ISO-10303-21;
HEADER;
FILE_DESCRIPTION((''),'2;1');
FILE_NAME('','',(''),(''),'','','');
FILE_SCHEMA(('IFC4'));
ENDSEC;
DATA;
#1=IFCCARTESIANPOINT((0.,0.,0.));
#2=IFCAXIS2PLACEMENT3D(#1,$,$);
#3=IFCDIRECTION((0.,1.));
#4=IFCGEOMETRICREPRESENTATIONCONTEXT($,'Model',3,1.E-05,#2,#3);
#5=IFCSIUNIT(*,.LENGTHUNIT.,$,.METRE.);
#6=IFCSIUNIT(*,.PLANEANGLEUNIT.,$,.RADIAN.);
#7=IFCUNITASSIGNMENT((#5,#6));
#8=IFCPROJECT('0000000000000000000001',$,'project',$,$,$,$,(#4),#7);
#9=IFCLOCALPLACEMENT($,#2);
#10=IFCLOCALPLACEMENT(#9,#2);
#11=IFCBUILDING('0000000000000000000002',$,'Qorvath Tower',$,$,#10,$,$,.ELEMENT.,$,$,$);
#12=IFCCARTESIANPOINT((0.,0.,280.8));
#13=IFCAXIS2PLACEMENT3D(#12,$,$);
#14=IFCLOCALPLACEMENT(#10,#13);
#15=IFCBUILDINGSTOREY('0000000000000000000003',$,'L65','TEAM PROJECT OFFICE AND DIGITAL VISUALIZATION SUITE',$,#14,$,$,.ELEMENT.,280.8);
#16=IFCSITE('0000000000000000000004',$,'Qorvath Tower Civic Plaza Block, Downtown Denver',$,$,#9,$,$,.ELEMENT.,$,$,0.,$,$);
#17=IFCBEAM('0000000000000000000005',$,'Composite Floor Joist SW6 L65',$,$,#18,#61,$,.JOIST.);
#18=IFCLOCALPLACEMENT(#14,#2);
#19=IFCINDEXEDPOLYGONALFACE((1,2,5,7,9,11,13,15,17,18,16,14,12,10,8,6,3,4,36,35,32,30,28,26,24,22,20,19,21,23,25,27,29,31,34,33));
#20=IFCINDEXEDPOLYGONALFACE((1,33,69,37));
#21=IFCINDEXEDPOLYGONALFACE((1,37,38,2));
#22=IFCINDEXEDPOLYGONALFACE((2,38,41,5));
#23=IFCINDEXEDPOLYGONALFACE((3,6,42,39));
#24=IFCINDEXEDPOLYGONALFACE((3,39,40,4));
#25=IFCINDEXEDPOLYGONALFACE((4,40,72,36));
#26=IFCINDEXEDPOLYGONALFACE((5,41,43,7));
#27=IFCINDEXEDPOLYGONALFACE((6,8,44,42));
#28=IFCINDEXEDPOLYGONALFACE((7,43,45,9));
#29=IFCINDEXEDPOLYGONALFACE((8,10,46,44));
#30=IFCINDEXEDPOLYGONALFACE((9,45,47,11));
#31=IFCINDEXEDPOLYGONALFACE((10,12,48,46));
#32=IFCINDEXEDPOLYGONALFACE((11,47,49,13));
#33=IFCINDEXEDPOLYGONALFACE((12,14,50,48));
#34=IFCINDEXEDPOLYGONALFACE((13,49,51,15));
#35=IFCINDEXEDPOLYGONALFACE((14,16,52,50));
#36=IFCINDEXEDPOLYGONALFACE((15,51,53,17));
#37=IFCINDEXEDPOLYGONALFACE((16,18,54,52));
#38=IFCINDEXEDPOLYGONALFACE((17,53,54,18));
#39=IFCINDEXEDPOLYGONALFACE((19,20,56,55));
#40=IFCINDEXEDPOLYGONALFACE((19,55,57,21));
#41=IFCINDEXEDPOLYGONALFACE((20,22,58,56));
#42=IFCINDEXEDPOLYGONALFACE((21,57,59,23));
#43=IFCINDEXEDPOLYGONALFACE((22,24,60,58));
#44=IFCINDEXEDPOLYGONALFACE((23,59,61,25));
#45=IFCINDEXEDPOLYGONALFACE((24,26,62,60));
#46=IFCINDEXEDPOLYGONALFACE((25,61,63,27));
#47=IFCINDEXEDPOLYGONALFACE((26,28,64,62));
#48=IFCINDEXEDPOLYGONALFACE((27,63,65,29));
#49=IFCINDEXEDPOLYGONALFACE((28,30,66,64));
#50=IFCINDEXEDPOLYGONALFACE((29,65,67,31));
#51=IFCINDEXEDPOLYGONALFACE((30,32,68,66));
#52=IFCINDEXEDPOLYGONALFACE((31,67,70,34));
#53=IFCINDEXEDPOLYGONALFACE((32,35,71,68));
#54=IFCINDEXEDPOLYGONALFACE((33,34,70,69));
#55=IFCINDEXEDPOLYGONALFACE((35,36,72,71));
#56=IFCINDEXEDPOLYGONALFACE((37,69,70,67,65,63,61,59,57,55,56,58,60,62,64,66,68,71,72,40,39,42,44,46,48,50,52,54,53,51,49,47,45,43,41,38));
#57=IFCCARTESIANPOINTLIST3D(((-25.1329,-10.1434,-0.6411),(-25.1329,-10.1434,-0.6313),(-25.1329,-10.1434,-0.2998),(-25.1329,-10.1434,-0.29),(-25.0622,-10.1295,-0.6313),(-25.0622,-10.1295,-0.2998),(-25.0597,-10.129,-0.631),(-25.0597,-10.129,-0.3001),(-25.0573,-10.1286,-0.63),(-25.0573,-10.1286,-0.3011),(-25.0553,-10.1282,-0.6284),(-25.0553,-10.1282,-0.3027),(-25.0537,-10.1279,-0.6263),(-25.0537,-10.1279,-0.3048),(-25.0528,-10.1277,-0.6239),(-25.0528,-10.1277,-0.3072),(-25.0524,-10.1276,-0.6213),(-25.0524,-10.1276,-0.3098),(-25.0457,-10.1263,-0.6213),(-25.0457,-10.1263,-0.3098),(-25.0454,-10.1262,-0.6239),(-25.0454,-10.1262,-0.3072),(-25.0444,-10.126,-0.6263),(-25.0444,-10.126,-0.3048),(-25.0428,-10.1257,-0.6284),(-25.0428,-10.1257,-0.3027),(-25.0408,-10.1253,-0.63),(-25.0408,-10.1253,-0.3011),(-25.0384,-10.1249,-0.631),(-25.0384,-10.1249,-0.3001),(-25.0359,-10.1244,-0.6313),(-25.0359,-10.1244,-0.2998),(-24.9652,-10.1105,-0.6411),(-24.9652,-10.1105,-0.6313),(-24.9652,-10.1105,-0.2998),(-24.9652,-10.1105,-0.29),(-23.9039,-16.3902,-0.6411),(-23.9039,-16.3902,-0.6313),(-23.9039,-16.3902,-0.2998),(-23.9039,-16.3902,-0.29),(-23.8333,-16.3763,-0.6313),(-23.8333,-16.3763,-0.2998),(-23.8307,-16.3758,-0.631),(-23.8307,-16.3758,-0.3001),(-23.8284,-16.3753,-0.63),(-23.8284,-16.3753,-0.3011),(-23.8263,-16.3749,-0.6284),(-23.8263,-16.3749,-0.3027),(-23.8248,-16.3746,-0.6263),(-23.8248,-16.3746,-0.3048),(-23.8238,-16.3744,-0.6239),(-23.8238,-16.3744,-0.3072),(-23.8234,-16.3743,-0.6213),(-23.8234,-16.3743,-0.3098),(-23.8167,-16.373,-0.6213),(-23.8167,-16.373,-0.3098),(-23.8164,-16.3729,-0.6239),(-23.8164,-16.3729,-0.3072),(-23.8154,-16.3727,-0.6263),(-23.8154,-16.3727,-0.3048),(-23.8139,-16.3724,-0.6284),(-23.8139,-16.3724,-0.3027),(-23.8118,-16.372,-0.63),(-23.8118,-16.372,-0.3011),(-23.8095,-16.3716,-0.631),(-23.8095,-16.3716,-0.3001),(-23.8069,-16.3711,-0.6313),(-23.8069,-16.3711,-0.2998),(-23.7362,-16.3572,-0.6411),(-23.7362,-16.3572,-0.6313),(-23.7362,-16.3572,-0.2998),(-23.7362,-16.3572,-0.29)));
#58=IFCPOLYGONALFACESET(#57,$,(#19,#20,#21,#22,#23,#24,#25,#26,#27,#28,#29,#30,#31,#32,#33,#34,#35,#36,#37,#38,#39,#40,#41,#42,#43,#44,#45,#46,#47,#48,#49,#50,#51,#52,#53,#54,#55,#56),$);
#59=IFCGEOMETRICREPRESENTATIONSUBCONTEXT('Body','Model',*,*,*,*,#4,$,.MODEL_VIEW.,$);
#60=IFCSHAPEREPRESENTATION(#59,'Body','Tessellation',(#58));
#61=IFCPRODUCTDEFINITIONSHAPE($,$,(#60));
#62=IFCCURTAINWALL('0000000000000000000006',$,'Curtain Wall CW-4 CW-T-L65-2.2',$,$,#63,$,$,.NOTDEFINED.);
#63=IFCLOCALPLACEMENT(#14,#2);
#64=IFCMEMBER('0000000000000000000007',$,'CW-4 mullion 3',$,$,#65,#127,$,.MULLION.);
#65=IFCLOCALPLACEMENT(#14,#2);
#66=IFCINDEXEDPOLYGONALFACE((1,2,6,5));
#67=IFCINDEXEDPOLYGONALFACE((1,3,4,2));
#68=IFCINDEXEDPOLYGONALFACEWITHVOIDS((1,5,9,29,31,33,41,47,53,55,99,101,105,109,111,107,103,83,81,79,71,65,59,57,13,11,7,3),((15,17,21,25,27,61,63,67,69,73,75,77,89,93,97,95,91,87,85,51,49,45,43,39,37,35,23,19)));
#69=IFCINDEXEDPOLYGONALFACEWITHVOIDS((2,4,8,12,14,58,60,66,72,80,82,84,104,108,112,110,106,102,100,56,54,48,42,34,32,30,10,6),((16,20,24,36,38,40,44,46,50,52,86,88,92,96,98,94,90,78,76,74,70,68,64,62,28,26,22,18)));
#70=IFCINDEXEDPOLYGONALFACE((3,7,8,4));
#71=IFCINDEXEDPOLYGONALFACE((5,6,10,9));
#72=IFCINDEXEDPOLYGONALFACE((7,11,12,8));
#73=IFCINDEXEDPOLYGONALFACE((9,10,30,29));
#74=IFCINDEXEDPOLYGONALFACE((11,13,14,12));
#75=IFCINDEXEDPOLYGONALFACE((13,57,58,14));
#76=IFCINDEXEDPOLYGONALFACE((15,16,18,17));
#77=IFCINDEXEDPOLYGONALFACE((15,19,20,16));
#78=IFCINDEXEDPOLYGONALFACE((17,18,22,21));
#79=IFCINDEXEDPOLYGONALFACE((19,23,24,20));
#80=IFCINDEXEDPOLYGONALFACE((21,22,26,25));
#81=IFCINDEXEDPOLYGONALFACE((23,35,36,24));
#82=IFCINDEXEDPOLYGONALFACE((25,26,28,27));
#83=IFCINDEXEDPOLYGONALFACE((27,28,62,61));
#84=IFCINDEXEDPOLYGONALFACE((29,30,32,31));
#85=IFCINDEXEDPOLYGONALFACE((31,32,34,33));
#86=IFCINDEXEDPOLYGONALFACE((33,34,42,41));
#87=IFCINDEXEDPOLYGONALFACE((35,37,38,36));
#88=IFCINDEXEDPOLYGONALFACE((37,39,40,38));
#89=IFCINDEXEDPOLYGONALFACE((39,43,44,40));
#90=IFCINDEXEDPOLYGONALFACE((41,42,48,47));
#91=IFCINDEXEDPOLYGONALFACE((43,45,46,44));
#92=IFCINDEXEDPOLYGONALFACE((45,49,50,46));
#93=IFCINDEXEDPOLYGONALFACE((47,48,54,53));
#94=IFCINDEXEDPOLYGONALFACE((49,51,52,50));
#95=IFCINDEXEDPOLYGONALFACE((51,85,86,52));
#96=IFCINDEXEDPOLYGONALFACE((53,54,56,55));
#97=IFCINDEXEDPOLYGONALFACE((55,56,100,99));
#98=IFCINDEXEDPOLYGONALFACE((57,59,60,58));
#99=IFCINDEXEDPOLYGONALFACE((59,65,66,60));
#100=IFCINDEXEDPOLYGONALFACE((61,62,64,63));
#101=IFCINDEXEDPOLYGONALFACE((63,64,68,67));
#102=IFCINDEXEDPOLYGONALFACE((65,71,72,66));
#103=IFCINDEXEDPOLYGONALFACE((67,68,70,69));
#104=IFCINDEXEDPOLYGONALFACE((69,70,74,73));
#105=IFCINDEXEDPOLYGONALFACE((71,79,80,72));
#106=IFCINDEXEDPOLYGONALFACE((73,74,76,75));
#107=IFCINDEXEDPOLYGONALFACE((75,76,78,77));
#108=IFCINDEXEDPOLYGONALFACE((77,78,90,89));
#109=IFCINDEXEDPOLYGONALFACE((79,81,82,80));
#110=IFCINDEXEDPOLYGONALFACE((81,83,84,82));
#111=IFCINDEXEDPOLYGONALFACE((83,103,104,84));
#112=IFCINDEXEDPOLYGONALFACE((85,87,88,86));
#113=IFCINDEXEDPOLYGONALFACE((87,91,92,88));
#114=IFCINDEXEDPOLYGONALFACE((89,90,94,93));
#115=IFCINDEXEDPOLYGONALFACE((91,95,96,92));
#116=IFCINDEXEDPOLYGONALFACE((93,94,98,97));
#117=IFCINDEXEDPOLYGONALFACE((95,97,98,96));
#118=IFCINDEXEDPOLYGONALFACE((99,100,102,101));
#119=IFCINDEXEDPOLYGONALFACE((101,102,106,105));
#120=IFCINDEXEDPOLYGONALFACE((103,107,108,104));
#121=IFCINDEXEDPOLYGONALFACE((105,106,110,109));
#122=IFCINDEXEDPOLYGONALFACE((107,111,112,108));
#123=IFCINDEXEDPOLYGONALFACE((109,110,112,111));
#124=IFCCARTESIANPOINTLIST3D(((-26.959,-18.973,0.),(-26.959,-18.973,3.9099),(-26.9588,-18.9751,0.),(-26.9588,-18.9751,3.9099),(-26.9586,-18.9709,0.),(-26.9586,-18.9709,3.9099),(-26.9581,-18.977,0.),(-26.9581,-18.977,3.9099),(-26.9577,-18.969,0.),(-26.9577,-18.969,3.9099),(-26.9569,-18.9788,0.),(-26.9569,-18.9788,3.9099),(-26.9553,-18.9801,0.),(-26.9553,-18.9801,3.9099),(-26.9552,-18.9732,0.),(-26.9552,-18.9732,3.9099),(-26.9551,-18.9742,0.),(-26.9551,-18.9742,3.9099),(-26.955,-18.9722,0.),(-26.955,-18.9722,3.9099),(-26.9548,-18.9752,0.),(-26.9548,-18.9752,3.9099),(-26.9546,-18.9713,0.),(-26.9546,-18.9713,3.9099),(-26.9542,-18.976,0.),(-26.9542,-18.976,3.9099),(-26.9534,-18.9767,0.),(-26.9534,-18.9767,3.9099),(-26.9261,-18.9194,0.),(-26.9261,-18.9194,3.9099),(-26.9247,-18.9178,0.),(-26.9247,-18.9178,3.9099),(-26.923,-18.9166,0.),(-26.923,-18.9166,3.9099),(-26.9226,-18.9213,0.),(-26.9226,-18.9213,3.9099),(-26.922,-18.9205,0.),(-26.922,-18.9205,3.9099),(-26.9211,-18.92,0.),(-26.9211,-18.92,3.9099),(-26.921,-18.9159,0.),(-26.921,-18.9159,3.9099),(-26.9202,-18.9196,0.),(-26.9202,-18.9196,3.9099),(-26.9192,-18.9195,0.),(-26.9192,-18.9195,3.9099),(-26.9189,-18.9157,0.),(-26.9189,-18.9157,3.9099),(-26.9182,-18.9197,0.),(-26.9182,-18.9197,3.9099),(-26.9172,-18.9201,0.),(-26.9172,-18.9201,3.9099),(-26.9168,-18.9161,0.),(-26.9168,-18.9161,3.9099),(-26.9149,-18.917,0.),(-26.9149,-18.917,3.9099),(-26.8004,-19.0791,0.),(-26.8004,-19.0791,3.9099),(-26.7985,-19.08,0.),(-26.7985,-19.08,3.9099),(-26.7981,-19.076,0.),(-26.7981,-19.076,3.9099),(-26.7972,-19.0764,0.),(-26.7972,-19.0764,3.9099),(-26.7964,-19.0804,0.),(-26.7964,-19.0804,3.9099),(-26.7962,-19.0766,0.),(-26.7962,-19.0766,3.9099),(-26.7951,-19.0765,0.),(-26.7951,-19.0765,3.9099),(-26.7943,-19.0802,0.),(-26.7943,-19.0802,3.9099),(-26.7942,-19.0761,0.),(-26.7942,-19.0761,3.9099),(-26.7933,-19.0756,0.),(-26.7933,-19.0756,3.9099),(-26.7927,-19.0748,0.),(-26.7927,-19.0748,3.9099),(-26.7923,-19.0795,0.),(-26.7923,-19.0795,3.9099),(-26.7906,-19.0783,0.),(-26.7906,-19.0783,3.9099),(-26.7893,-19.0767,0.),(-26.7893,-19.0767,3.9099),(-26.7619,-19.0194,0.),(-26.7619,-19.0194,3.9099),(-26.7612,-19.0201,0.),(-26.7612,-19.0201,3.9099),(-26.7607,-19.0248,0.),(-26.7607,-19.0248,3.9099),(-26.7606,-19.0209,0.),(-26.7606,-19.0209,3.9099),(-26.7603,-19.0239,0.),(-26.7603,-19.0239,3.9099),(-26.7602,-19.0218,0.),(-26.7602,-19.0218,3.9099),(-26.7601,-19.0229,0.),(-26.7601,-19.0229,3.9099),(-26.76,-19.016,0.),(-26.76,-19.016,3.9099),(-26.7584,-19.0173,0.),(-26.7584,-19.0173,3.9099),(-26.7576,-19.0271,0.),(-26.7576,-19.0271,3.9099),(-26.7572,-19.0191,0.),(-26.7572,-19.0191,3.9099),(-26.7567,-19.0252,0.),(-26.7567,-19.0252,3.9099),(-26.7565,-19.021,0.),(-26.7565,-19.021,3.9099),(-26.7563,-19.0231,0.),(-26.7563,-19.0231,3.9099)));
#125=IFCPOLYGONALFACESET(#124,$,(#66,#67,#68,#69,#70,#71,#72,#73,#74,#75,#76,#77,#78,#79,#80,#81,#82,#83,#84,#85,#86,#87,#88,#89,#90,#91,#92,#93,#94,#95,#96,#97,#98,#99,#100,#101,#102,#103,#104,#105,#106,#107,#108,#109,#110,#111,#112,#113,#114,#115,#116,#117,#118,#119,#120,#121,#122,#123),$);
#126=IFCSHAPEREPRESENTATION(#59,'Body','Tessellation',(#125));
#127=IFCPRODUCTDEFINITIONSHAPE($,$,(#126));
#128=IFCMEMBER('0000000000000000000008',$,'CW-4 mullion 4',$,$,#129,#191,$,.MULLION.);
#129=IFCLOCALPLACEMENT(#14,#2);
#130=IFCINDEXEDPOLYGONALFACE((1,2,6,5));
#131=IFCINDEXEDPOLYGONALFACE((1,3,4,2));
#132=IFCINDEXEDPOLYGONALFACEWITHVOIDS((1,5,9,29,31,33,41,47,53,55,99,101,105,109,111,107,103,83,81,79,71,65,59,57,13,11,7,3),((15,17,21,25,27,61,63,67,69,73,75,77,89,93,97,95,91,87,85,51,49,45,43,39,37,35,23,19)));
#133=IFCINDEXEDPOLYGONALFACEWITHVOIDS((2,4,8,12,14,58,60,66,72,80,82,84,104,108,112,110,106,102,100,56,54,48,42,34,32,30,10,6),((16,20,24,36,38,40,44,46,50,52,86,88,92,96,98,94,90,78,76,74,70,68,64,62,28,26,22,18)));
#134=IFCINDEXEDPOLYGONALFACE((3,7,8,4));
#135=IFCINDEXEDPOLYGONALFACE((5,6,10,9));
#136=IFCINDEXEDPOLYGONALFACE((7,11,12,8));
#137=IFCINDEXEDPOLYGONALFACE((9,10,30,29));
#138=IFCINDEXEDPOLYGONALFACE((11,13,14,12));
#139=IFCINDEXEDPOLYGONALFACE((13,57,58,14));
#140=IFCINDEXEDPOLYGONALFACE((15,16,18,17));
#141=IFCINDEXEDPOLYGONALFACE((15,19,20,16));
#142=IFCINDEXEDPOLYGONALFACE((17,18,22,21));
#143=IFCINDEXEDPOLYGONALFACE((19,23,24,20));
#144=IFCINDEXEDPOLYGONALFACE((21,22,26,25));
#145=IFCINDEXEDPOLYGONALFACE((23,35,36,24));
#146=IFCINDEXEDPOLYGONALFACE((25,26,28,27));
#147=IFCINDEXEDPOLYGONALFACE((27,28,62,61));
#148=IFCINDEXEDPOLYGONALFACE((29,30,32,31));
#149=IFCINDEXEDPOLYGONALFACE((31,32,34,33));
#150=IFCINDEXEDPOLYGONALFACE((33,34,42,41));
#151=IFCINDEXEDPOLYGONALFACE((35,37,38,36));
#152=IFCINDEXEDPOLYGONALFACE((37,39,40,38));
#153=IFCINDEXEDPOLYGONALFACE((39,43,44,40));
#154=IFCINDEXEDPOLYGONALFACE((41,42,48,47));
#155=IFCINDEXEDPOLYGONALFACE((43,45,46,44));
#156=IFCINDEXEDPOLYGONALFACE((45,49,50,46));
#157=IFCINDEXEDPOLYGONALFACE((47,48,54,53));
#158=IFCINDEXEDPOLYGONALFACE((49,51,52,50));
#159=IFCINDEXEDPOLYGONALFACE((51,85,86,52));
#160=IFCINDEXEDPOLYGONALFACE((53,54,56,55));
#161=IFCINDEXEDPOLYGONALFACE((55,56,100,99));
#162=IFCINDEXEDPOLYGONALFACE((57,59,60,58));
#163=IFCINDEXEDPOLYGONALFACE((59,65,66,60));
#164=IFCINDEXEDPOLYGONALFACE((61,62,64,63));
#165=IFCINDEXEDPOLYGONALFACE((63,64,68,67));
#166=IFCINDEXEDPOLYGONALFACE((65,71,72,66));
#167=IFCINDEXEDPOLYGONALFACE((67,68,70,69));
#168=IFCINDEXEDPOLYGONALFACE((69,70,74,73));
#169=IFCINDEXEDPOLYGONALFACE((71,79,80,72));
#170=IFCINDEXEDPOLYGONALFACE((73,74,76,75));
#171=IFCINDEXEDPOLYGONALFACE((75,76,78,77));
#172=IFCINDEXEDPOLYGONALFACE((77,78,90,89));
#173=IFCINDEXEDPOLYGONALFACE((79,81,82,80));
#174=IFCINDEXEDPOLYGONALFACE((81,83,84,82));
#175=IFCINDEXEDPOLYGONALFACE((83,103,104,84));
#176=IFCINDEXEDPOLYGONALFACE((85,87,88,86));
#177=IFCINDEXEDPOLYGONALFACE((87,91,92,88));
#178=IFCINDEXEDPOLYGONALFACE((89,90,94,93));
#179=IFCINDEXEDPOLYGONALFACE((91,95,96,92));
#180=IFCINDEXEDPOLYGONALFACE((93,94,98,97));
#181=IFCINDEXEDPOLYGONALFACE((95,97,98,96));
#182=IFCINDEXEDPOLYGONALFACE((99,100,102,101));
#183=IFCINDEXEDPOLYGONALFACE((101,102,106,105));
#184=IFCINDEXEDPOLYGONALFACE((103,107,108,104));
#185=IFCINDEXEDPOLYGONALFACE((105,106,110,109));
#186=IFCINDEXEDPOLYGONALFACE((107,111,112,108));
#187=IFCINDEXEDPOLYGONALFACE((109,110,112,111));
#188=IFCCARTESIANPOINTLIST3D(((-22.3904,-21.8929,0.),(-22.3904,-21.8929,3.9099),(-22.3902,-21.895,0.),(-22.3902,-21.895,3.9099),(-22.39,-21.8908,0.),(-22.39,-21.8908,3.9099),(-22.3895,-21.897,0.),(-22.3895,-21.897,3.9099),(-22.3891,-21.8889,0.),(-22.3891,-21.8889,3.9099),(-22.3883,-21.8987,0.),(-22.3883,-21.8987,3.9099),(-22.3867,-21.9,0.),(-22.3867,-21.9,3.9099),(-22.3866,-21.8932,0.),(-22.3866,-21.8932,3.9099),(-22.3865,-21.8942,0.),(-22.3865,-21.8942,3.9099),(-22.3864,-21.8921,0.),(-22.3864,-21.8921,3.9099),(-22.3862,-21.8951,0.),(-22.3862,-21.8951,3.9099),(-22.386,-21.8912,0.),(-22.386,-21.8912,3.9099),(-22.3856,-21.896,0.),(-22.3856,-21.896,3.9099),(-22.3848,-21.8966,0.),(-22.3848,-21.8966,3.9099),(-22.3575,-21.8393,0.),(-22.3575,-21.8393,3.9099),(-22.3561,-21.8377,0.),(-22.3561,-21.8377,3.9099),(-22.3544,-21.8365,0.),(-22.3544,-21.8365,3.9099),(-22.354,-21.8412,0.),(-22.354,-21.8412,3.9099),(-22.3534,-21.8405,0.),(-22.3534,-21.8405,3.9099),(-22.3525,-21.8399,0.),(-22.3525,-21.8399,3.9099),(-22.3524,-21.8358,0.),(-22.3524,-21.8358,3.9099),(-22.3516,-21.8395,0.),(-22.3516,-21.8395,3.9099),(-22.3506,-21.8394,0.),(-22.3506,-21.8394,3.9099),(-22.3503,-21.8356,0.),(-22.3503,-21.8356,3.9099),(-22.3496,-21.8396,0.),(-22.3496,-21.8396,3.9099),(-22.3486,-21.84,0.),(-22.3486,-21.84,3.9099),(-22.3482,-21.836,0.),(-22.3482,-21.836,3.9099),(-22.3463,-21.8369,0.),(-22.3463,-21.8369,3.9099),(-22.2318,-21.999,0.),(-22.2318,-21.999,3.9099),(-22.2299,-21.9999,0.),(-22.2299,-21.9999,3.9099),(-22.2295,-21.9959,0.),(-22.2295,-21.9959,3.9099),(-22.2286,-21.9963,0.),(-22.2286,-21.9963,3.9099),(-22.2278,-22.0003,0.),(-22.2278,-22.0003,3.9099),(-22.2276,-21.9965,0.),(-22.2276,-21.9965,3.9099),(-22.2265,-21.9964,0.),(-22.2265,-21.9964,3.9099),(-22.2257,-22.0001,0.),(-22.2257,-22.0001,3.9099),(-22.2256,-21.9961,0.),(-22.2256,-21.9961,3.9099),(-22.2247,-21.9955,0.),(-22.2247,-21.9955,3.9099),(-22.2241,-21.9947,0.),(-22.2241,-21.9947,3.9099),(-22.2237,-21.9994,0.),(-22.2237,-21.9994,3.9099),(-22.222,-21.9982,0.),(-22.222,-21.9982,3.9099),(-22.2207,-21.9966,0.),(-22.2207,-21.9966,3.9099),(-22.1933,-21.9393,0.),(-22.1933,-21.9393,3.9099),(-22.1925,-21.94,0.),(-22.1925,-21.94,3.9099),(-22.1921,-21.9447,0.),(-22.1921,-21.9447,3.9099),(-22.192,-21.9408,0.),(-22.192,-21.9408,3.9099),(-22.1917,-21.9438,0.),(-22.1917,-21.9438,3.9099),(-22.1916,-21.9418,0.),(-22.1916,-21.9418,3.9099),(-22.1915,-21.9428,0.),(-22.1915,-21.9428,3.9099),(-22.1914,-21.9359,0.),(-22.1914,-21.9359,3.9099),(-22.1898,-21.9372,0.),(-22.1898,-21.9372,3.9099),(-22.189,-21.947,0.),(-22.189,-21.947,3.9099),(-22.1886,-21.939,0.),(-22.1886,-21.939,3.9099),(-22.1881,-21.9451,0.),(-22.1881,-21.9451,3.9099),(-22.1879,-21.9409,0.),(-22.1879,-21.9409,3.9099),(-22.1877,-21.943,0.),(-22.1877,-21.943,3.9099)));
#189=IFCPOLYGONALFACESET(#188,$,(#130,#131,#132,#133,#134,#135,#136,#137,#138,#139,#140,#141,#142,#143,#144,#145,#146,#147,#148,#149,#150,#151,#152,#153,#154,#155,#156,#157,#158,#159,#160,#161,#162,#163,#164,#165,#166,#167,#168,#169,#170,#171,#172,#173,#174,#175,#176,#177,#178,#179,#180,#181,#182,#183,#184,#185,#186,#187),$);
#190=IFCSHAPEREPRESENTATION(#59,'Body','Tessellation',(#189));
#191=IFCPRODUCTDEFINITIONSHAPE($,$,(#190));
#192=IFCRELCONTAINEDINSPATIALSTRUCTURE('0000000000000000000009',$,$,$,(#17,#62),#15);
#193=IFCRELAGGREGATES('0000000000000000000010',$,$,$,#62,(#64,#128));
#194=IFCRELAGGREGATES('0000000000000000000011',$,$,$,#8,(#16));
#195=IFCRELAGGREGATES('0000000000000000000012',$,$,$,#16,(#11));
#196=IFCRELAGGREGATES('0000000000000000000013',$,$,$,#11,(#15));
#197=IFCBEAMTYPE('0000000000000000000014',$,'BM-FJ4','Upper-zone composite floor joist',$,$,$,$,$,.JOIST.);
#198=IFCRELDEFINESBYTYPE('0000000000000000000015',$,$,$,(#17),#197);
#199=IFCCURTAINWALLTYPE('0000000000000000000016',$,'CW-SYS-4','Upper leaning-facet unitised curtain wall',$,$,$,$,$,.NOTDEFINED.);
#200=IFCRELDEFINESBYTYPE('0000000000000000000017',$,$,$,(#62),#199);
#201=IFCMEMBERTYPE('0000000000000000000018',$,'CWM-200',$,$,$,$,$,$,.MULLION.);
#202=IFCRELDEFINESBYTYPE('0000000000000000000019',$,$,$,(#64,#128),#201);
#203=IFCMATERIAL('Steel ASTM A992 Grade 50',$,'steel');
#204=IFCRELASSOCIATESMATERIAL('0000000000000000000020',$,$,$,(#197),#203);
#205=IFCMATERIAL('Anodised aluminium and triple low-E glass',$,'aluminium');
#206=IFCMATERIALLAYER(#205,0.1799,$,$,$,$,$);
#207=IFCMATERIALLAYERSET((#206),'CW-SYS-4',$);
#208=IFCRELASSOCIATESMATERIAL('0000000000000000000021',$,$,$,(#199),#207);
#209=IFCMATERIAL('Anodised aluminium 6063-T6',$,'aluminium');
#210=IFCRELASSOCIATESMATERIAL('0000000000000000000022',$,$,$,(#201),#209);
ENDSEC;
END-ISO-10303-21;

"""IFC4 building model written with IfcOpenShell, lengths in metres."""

from ifc_helpers import new_model, si_unit, direction, frame, origin, origin_2d, place, context, subcontext, project, spatial, hollow_rectangle, i_section, extrude, material, layer, layer_set, material_profile, profile_set, type_object, element, aggregate, save


model = new_model("IFC4")

# Units and contexts
model_context = context("Model", 3, precision=1e-05, world=origin(), true_north=direction((0.0, 1.0)))
body_context = subcontext(model_context, "Body", "Model", "MODEL_VIEW")
ifc_project = project(units=[si_unit("LENGTHUNIT", "METRE"), si_unit("PLANEANGLEUNIT", "RADIAN")], contexts=[model_context])

# Site, building, storey
site_placement = place(None, origin())
site = spatial("IfcSite", under=ifc_project, at=site_placement, Name="Qorvath Tower Civic Plaza Block, Downtown Denver", CompositionType="ELEMENT", RefElevation=0.0)
building_placement = place(site_placement, origin())
building = spatial("IfcBuilding", under=site, at=building_placement, Name="Qorvath Tower", CompositionType="ELEMENT")
storey_placement = place(building_placement, frame((0.0, 0.0, 280.8)))
storey = spatial("IfcBuildingStorey", under=building, at=storey_placement, Name="L65", Description="TEAM PROJECT OFFICE AND DIGITAL VISUALIZATION SUITE", CompositionType="ELEMENT", Elevation=280.8)

# Beam
ifc_material_1 = material(Name="Steel ASTM A992 Grade 50", Category="steel")
ifc_material_profile_1 = material_profile(ifc_material_1, i_section(OverallWidth=0.1709, OverallDepth=0.3511, WebThickness=0.0068, FlangeThickness=0.0098, FilletRadius=0.01, at=origin_2d()), Name="W14x30")
ifc_profile_set_1 = profile_set([ifc_material_profile_1], Name="Steel ASTM A992 Grade 50")
beam_type_1 = type_object("IfcBeamType", Name="BM-FJ4", Description="Upper-zone composite floor joist", PredefinedType="JOIST", material=ifc_profile_set_1)
beam_1_placement = place(storey_placement, frame((-25.0491, -10.127, -0.4656), z_axis=(0.19304, -0.981191, 0.0), x_axis=(0.981191, 0.19304, 0.0)))
element("IfcBeam", 1, at=beam_1_placement, inside=storey, type_object=beam_type_1, Name="Composite Floor Joist SW6 L65", PredefinedType="JOIST", context=body_context, shape_type="SweptSolid", body=[
    extrude(i_section(OverallWidth=0.1709, OverallDepth=0.3511, WebThickness=0.0068, FlangeThickness=0.0098, FilletRadius=0.01, at=origin_2d()), origin(), (0.0, 0.0, 1.0), 6.3665),
])

# Curtain wall, members
ifc_material_2 = material(Name="Anodised aluminium and triple low-E glass", Category="aluminium")
ifc_layer_1 = layer(ifc_material_2, 0.1799)
ifc_layer_set_1 = layer_set([ifc_layer_1], Name="CW-SYS-4")
curtain_wall_type = type_object("IfcCurtainWallType", Name="CW-SYS-4", Description="Upper leaning-facet unitised curtain wall", PredefinedType="NOTDEFINED", material=ifc_layer_set_1)
curtain_wall_placement = place(storey_placement, origin())
curtain_wall = element("IfcCurtainWall", 2, at=curtain_wall_placement, inside=storey, type_object=curtain_wall_type, Name="Curtain Wall CW-4 CW-T-L65-2.2", PredefinedType="NOTDEFINED")
ifc_material_3 = material(Name="Anodised aluminium 6063-T6", Category="aluminium")
ifc_material_profile_2 = material_profile(ifc_material_3, hollow_rectangle(XDim=0.075, YDim=0.2, WallThickness=0.0039, InnerFilletRadius=0.0039, OuterFilletRadius=0.0081, at=origin_2d()), Name="CWM 200x75")
ifc_profile_set_2 = profile_set([ifc_material_profile_2], Name="Anodised aluminium 6063-T6")
member_type_1 = type_object("IfcMemberType", Name="CWM-200", PredefinedType="MULLION", material=ifc_profile_set_2)
member_1_placement = place(storey_placement, frame((-26.8577, -18.998, 0.0), z_axis=(0.0, 0.0, 1.0), x_axis=(0.538537, 0.842602, 0.0)))
member_1 = element("IfcMember", 3, at=member_1_placement, type_object=member_type_1, Name="CW-4 mullion 3", PredefinedType="MULLION", context=body_context, shape_type="SweptSolid", body=[
    extrude(hollow_rectangle(XDim=0.075, YDim=0.2, WallThickness=0.0039, InnerFilletRadius=0.0039, OuterFilletRadius=0.0081, at=origin_2d()), origin(), (0.0, 0.0, 1.0), 3.9099),
])
member_2_placement = place(storey_placement, frame((-22.2891, -21.918, 0.0), z_axis=(0.0, 0.0, 1.0), x_axis=(0.538537, 0.842602, 0.0)))
member_2 = element("IfcMember", 4, at=member_2_placement, type_object=member_type_1, Name="CW-4 mullion 4", PredefinedType="MULLION", context=body_context, shape_type="SweptSolid", body=[
    extrude(hollow_rectangle(XDim=0.075, YDim=0.2, WallThickness=0.0039, InnerFilletRadius=0.0039, OuterFilletRadius=0.0081, at=origin_2d()), origin(), (0.0, 0.0, 1.0), 3.9099),
])
aggregate(curtain_wall, [member_1, member_2])

save(model, "model.ifc")
